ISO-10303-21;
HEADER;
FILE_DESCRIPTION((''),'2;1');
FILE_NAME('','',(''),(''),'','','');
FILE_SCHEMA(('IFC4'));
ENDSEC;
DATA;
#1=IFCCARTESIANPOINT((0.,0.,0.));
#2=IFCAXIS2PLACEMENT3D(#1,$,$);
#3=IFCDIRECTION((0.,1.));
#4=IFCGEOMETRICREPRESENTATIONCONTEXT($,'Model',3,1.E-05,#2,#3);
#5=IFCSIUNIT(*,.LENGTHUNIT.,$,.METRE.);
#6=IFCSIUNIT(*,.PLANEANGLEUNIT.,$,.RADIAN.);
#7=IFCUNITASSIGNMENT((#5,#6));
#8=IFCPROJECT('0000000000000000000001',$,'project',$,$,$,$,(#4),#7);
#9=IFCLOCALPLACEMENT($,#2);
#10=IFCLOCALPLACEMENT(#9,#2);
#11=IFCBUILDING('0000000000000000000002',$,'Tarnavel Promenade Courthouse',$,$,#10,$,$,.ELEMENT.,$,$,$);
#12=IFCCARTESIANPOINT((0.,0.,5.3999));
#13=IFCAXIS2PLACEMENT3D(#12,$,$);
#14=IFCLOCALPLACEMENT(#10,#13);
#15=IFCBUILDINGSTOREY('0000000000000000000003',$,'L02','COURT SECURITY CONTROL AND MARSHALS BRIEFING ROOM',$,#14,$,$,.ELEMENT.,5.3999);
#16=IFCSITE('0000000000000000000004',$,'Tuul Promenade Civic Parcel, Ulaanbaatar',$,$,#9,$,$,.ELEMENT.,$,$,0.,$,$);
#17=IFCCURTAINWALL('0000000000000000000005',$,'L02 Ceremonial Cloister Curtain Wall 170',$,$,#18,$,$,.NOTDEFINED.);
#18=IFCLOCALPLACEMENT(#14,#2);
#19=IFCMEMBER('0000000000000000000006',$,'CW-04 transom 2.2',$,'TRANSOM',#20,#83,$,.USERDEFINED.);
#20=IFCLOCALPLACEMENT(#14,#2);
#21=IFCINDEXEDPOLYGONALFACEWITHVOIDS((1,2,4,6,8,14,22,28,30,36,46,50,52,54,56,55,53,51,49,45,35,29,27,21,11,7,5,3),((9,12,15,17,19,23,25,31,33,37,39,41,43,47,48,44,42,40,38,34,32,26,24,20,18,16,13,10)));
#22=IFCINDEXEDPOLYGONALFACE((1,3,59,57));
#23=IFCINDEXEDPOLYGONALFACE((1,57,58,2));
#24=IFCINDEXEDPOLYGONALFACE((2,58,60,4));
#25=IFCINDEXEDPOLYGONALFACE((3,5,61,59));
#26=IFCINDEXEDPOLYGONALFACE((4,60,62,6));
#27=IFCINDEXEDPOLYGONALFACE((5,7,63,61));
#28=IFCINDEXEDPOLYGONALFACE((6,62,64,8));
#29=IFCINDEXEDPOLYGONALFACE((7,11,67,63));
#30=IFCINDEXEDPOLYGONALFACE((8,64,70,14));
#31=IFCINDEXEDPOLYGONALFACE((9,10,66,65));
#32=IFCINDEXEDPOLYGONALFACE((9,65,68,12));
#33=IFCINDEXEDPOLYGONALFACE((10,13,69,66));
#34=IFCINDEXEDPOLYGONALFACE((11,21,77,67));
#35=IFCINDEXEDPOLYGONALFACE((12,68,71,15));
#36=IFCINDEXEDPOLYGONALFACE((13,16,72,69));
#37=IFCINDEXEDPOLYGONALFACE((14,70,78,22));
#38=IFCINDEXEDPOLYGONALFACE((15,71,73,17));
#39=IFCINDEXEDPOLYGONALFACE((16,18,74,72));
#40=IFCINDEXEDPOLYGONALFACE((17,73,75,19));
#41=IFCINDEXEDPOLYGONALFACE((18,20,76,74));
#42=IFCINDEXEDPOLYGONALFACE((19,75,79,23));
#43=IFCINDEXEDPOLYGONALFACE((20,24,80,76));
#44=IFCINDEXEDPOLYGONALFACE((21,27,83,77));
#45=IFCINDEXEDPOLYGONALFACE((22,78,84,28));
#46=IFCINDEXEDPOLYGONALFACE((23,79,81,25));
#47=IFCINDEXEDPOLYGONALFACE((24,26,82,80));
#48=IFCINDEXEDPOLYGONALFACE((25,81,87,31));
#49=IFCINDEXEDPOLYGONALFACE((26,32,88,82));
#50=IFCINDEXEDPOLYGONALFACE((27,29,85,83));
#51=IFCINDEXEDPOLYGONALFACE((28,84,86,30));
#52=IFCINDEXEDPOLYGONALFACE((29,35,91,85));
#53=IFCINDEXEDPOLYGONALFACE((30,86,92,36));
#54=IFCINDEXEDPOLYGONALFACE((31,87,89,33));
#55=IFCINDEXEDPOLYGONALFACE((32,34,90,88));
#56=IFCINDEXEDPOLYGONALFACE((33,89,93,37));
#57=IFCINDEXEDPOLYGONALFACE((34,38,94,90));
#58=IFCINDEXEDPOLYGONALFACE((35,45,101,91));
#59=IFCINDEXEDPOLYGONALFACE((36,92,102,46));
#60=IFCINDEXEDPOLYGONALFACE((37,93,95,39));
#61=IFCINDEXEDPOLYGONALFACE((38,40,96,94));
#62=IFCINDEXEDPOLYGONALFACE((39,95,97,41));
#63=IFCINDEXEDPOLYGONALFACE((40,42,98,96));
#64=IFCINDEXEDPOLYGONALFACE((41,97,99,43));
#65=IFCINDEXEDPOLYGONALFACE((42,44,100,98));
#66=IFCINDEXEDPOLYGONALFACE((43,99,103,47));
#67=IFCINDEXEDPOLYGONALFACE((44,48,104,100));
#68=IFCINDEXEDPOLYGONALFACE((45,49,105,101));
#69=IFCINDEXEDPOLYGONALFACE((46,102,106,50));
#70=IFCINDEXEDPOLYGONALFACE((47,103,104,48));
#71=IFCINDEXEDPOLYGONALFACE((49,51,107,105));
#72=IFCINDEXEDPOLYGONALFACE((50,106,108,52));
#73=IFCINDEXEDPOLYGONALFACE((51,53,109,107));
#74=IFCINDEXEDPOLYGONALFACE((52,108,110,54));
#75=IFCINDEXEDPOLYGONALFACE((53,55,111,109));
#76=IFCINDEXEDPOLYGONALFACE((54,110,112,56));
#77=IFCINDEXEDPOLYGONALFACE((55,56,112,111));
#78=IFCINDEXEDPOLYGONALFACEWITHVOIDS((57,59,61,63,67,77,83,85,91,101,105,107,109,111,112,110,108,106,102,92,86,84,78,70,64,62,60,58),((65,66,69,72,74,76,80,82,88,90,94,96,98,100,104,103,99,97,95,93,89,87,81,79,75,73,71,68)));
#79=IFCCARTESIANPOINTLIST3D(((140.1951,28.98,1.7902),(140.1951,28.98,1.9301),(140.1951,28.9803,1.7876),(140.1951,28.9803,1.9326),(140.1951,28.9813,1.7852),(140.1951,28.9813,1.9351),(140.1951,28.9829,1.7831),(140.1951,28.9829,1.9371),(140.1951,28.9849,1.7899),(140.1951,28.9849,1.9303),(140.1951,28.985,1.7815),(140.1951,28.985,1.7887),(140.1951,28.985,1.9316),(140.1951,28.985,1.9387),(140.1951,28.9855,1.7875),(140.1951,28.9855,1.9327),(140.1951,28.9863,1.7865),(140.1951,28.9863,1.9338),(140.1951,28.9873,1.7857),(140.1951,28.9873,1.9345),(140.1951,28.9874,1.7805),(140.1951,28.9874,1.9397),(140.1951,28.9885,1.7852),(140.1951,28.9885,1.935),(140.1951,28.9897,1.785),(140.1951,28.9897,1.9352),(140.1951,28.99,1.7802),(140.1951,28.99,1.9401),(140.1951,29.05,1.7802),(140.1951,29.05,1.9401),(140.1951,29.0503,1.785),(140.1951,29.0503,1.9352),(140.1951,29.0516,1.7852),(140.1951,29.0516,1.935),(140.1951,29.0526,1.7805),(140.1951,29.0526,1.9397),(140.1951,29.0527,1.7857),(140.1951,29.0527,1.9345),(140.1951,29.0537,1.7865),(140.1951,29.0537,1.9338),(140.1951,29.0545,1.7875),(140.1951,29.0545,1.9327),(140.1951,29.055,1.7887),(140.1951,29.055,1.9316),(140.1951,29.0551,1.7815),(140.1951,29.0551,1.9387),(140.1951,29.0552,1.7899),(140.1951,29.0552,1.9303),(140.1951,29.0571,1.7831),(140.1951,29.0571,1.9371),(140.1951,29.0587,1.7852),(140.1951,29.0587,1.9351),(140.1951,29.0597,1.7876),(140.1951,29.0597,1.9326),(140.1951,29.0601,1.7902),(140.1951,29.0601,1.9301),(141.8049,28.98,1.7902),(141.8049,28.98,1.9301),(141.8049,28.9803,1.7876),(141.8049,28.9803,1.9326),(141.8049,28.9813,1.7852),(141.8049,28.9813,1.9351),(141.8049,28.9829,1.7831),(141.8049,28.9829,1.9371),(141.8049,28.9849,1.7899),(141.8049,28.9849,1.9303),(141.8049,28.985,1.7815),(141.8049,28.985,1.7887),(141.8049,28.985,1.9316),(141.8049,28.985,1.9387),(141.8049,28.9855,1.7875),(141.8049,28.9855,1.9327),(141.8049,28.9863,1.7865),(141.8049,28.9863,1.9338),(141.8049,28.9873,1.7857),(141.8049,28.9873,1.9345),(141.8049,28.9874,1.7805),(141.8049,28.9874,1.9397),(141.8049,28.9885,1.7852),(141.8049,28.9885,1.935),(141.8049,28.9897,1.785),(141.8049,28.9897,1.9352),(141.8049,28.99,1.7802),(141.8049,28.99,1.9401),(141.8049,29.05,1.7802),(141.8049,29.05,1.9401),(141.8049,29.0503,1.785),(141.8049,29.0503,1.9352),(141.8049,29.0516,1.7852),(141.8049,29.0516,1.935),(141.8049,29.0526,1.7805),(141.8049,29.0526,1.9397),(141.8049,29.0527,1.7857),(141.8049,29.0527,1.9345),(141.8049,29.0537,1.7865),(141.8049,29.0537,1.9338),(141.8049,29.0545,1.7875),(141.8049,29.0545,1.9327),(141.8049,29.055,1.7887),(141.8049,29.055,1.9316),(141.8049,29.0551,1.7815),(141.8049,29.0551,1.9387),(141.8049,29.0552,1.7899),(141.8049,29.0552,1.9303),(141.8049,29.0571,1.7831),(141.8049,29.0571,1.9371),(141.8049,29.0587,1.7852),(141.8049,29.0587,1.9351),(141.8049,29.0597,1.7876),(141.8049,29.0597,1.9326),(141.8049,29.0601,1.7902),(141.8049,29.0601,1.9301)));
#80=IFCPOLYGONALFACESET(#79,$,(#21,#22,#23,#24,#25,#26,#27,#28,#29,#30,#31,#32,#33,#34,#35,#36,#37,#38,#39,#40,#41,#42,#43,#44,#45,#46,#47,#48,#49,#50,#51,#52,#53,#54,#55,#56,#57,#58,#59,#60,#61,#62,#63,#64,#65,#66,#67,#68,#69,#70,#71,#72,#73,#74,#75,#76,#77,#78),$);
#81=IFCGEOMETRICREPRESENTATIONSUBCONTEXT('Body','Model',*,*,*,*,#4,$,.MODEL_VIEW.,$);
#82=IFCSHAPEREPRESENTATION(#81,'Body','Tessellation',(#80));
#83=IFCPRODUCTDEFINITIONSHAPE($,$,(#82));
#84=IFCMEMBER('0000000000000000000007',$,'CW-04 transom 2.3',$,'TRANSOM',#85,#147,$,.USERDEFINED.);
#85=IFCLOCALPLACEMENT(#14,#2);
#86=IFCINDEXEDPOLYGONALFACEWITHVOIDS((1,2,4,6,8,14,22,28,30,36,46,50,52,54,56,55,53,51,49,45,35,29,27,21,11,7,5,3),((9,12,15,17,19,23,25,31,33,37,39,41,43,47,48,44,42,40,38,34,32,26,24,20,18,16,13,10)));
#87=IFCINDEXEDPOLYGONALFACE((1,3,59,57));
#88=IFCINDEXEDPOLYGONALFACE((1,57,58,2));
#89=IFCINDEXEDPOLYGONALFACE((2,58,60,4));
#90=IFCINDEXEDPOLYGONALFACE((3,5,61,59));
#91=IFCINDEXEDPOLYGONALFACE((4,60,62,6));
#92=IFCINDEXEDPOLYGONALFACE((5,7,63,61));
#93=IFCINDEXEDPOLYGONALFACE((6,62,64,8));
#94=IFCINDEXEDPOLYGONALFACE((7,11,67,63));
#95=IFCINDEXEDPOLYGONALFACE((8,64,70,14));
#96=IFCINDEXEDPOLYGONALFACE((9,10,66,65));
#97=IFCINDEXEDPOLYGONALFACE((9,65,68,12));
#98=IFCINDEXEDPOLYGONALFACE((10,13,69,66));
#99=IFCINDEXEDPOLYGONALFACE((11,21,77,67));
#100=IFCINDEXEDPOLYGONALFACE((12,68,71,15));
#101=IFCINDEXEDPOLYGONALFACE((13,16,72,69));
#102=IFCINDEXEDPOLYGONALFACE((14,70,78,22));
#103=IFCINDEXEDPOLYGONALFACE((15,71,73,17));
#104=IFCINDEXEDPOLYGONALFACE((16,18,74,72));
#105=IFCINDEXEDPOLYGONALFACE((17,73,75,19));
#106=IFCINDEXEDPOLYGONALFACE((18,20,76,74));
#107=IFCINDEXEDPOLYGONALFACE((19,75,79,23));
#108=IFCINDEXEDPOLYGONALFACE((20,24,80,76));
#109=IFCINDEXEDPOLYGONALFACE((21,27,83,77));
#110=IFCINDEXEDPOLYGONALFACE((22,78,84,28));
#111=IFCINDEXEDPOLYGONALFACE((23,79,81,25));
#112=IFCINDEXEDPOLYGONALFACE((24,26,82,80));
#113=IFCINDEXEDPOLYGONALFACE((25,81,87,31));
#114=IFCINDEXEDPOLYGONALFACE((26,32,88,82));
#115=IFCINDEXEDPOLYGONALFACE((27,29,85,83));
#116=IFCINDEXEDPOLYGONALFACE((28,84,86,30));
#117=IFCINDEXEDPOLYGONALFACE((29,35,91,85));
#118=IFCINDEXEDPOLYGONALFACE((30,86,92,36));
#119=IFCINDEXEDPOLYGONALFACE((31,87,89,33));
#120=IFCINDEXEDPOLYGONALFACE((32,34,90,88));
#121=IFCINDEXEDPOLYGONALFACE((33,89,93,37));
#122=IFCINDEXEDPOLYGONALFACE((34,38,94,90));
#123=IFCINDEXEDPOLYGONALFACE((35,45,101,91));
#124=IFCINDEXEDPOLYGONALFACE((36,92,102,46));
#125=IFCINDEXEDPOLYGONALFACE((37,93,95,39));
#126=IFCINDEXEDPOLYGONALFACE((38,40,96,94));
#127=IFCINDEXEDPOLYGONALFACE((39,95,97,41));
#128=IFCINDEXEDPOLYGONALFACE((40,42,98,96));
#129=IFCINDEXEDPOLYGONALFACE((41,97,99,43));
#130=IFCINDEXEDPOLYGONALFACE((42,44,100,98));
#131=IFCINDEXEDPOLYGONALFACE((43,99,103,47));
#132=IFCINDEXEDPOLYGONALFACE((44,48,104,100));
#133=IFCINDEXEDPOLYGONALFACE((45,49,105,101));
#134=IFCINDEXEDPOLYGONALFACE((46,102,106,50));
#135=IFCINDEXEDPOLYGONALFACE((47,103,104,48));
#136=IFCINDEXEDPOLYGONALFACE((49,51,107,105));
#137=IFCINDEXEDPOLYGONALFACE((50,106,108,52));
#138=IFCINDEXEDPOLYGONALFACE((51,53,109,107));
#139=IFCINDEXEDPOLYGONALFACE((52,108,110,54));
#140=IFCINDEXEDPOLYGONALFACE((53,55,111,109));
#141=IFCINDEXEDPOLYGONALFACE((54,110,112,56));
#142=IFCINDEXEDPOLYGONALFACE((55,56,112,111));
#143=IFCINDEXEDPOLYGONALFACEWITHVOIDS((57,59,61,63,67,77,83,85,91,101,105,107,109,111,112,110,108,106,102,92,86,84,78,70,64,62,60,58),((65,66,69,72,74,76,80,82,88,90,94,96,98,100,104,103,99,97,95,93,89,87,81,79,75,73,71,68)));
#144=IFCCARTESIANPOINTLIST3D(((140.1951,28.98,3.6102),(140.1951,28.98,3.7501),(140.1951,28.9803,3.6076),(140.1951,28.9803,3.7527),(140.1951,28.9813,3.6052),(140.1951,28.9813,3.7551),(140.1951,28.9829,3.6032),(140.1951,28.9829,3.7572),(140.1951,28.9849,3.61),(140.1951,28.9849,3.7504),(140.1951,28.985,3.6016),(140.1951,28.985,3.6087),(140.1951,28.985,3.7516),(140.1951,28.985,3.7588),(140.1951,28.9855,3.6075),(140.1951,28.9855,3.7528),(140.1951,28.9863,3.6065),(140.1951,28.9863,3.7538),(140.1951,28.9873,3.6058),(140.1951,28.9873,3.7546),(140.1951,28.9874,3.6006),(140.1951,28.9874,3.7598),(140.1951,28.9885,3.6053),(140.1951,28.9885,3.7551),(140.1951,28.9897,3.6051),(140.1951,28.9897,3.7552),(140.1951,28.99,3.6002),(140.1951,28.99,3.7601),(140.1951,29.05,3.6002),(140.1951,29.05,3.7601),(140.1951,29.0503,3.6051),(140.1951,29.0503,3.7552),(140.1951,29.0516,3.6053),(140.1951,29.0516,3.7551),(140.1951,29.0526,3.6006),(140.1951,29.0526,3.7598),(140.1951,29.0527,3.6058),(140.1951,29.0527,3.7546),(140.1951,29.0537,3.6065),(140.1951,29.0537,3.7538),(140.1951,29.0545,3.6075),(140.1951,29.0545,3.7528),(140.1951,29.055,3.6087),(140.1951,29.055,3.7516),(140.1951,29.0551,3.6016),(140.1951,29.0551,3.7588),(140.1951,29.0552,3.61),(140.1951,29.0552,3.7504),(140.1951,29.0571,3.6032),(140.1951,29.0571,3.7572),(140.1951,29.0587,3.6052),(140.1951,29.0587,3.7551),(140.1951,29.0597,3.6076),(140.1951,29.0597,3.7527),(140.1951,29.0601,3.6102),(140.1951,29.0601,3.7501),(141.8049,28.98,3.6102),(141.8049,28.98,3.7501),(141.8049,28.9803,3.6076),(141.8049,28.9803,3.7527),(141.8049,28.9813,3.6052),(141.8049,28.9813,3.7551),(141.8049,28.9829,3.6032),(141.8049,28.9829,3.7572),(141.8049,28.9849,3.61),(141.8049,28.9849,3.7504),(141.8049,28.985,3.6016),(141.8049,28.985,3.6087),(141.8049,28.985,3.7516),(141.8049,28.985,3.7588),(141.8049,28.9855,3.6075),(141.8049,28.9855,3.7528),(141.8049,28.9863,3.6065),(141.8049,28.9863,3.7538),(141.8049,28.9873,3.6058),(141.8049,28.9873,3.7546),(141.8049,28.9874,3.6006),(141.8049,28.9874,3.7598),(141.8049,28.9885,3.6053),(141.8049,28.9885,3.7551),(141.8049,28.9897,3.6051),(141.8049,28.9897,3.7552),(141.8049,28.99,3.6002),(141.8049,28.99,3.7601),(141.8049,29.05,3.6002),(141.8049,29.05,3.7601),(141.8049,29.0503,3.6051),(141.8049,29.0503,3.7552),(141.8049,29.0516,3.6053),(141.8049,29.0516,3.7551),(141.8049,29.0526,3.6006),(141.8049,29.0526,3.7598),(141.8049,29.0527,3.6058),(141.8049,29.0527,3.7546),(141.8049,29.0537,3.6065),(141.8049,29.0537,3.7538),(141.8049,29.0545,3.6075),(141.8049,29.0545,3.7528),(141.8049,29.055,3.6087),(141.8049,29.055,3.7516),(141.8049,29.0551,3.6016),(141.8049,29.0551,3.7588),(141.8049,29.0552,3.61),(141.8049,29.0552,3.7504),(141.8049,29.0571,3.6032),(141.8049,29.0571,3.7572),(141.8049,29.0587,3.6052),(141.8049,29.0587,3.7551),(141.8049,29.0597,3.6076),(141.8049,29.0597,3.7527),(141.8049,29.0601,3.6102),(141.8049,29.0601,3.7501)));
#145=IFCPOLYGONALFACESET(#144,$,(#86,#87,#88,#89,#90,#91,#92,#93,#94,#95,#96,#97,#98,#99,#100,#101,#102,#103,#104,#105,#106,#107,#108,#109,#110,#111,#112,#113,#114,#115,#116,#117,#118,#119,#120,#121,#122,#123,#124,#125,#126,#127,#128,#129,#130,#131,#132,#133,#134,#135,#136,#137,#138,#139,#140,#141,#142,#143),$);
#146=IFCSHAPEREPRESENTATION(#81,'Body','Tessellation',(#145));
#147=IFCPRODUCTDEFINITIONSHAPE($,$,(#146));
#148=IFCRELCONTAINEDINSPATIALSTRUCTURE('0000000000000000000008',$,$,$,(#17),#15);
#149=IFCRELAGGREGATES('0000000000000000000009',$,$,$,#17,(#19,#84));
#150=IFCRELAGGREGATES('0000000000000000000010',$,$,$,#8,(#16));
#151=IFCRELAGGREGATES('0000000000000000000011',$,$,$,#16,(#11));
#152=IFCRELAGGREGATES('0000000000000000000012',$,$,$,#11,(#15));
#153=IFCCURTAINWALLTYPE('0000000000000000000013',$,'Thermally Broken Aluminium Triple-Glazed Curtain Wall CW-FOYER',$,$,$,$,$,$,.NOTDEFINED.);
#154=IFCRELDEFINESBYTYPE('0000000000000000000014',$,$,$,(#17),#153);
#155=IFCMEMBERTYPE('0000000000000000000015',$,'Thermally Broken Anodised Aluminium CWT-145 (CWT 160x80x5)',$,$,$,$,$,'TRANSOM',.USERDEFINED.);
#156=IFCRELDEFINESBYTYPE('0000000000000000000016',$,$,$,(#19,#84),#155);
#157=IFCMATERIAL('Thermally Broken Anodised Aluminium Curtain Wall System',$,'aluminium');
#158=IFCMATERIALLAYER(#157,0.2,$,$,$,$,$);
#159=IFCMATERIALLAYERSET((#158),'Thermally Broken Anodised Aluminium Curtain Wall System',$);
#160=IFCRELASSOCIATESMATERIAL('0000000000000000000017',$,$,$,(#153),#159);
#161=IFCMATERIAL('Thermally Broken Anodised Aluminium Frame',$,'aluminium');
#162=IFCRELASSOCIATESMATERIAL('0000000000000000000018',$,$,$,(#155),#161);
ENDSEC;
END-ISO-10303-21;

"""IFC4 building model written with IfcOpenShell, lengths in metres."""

from ifc_helpers import new_model, si_unit, direction, frame, origin, origin_2d, place, context, subcontext, project, spatial, hollow_rectangle, extrude, material, layer, layer_set, material_profile, profile_set, type_object, element, aggregate, save


model = new_model("IFC4")

# Units and contexts
model_context = context("Model", 3, precision=1e-05, world=origin(), true_north=direction((0.0, 1.0)))
body_context = subcontext(model_context, "Body", "Model", "MODEL_VIEW")
ifc_project = project(units=[si_unit("LENGTHUNIT", "METRE"), si_unit("PLANEANGLEUNIT", "RADIAN")], contexts=[model_context])

# Site, building, storey
site_placement = place(None, origin())
site = spatial("IfcSite", under=ifc_project, at=site_placement, Name="Tuul Promenade Civic Parcel, Ulaanbaatar", CompositionType="ELEMENT", RefElevation=0.0)
building_placement = place(site_placement, origin())
building = spatial("IfcBuilding", under=site, at=building_placement, Name="Tarnavel Promenade Courthouse", CompositionType="ELEMENT")
storey_placement = place(building_placement, frame((0.0, 0.0, 5.3999)))
storey = spatial("IfcBuildingStorey", under=building, at=storey_placement, Name="L02", Description="COURT SECURITY CONTROL AND MARSHALS BRIEFING ROOM", CompositionType="ELEMENT", Elevation=5.3999)

# Curtain wall
ifc_material_1 = material(Name="Thermally Broken Anodised Aluminium Curtain Wall System", Category="aluminium")
ifc_layer_1 = layer(ifc_material_1, 0.2)
ifc_layer_set_1 = layer_set([ifc_layer_1], Name="Thermally Broken Anodised Aluminium Curtain Wall System")
curtain_wall_type = type_object("IfcCurtainWallType", Name="Thermally Broken Aluminium Triple-Glazed Curtain Wall CW-FOYER", PredefinedType="NOTDEFINED", material=ifc_layer_set_1)
curtain_wall_1_placement = place(storey_placement, origin())
curtain_wall_1 = element("IfcCurtainWall", 1, at=curtain_wall_1_placement, inside=storey, type_object=curtain_wall_type, Name="L02 Ceremonial Cloister Curtain Wall 170", PredefinedType="NOTDEFINED")
ifc_material_2 = material(Name="Thermally Broken Anodised Aluminium Frame", Category="aluminium")

# Members
ifc_material_profile_1 = material_profile(ifc_material_2, hollow_rectangle(XDim=0.0801, YDim=0.1599, WallThickness=0.0049, InnerFilletRadius=0.0049, OuterFilletRadius=0.01, at=origin_2d()), Name="CWT 160x80x5")
ifc_profile_set_1 = profile_set([ifc_material_profile_1], Name="Thermally Broken Anodised Aluminium Frame")
member_type_1 = type_object("IfcMemberType", Name="Thermally Broken Anodised Aluminium CWT-145 (CWT 160x80x5)", ElementType="TRANSOM", PredefinedType="USERDEFINED", material=ifc_profile_set_1)
member_1_placement = place(storey_placement, frame((140.1951, 29.02, 1.8601), z_axis=(1.0, 0.0, 0.0), x_axis=(0.0, 1.0, 0.0)))
member_1 = element("IfcMember", 2, at=member_1_placement, type_object=member_type_1, Name="CW-04 transom 2.2", ObjectType="TRANSOM", PredefinedType="USERDEFINED", context=body_context, shape_type="SweptSolid", body=[
    extrude(hollow_rectangle(XDim=0.0801, YDim=0.1599, WallThickness=0.0049, InnerFilletRadius=0.0049, OuterFilletRadius=0.01, at=origin_2d()), origin(), (0.0, 0.0, 1.0), 1.6099),
])
member_2_placement = place(storey_placement, frame((140.1951, 29.02, 3.6802), z_axis=(1.0, 0.0, 0.0), x_axis=(0.0, 1.0, 0.0)))
member_2 = element("IfcMember", 3, at=member_2_placement, type_object=member_type_1, Name="CW-04 transom 2.3", ObjectType="TRANSOM", PredefinedType="USERDEFINED", context=body_context, shape_type="SweptSolid", body=[
    extrude(hollow_rectangle(XDim=0.0801, YDim=0.1599, WallThickness=0.0049, InnerFilletRadius=0.0049, OuterFilletRadius=0.01, at=origin_2d()), origin(), (0.0, 0.0, 1.0), 1.6099),
])

aggregate(curtain_wall_1, [member_1, member_2])

save(model, "model.ifc")
